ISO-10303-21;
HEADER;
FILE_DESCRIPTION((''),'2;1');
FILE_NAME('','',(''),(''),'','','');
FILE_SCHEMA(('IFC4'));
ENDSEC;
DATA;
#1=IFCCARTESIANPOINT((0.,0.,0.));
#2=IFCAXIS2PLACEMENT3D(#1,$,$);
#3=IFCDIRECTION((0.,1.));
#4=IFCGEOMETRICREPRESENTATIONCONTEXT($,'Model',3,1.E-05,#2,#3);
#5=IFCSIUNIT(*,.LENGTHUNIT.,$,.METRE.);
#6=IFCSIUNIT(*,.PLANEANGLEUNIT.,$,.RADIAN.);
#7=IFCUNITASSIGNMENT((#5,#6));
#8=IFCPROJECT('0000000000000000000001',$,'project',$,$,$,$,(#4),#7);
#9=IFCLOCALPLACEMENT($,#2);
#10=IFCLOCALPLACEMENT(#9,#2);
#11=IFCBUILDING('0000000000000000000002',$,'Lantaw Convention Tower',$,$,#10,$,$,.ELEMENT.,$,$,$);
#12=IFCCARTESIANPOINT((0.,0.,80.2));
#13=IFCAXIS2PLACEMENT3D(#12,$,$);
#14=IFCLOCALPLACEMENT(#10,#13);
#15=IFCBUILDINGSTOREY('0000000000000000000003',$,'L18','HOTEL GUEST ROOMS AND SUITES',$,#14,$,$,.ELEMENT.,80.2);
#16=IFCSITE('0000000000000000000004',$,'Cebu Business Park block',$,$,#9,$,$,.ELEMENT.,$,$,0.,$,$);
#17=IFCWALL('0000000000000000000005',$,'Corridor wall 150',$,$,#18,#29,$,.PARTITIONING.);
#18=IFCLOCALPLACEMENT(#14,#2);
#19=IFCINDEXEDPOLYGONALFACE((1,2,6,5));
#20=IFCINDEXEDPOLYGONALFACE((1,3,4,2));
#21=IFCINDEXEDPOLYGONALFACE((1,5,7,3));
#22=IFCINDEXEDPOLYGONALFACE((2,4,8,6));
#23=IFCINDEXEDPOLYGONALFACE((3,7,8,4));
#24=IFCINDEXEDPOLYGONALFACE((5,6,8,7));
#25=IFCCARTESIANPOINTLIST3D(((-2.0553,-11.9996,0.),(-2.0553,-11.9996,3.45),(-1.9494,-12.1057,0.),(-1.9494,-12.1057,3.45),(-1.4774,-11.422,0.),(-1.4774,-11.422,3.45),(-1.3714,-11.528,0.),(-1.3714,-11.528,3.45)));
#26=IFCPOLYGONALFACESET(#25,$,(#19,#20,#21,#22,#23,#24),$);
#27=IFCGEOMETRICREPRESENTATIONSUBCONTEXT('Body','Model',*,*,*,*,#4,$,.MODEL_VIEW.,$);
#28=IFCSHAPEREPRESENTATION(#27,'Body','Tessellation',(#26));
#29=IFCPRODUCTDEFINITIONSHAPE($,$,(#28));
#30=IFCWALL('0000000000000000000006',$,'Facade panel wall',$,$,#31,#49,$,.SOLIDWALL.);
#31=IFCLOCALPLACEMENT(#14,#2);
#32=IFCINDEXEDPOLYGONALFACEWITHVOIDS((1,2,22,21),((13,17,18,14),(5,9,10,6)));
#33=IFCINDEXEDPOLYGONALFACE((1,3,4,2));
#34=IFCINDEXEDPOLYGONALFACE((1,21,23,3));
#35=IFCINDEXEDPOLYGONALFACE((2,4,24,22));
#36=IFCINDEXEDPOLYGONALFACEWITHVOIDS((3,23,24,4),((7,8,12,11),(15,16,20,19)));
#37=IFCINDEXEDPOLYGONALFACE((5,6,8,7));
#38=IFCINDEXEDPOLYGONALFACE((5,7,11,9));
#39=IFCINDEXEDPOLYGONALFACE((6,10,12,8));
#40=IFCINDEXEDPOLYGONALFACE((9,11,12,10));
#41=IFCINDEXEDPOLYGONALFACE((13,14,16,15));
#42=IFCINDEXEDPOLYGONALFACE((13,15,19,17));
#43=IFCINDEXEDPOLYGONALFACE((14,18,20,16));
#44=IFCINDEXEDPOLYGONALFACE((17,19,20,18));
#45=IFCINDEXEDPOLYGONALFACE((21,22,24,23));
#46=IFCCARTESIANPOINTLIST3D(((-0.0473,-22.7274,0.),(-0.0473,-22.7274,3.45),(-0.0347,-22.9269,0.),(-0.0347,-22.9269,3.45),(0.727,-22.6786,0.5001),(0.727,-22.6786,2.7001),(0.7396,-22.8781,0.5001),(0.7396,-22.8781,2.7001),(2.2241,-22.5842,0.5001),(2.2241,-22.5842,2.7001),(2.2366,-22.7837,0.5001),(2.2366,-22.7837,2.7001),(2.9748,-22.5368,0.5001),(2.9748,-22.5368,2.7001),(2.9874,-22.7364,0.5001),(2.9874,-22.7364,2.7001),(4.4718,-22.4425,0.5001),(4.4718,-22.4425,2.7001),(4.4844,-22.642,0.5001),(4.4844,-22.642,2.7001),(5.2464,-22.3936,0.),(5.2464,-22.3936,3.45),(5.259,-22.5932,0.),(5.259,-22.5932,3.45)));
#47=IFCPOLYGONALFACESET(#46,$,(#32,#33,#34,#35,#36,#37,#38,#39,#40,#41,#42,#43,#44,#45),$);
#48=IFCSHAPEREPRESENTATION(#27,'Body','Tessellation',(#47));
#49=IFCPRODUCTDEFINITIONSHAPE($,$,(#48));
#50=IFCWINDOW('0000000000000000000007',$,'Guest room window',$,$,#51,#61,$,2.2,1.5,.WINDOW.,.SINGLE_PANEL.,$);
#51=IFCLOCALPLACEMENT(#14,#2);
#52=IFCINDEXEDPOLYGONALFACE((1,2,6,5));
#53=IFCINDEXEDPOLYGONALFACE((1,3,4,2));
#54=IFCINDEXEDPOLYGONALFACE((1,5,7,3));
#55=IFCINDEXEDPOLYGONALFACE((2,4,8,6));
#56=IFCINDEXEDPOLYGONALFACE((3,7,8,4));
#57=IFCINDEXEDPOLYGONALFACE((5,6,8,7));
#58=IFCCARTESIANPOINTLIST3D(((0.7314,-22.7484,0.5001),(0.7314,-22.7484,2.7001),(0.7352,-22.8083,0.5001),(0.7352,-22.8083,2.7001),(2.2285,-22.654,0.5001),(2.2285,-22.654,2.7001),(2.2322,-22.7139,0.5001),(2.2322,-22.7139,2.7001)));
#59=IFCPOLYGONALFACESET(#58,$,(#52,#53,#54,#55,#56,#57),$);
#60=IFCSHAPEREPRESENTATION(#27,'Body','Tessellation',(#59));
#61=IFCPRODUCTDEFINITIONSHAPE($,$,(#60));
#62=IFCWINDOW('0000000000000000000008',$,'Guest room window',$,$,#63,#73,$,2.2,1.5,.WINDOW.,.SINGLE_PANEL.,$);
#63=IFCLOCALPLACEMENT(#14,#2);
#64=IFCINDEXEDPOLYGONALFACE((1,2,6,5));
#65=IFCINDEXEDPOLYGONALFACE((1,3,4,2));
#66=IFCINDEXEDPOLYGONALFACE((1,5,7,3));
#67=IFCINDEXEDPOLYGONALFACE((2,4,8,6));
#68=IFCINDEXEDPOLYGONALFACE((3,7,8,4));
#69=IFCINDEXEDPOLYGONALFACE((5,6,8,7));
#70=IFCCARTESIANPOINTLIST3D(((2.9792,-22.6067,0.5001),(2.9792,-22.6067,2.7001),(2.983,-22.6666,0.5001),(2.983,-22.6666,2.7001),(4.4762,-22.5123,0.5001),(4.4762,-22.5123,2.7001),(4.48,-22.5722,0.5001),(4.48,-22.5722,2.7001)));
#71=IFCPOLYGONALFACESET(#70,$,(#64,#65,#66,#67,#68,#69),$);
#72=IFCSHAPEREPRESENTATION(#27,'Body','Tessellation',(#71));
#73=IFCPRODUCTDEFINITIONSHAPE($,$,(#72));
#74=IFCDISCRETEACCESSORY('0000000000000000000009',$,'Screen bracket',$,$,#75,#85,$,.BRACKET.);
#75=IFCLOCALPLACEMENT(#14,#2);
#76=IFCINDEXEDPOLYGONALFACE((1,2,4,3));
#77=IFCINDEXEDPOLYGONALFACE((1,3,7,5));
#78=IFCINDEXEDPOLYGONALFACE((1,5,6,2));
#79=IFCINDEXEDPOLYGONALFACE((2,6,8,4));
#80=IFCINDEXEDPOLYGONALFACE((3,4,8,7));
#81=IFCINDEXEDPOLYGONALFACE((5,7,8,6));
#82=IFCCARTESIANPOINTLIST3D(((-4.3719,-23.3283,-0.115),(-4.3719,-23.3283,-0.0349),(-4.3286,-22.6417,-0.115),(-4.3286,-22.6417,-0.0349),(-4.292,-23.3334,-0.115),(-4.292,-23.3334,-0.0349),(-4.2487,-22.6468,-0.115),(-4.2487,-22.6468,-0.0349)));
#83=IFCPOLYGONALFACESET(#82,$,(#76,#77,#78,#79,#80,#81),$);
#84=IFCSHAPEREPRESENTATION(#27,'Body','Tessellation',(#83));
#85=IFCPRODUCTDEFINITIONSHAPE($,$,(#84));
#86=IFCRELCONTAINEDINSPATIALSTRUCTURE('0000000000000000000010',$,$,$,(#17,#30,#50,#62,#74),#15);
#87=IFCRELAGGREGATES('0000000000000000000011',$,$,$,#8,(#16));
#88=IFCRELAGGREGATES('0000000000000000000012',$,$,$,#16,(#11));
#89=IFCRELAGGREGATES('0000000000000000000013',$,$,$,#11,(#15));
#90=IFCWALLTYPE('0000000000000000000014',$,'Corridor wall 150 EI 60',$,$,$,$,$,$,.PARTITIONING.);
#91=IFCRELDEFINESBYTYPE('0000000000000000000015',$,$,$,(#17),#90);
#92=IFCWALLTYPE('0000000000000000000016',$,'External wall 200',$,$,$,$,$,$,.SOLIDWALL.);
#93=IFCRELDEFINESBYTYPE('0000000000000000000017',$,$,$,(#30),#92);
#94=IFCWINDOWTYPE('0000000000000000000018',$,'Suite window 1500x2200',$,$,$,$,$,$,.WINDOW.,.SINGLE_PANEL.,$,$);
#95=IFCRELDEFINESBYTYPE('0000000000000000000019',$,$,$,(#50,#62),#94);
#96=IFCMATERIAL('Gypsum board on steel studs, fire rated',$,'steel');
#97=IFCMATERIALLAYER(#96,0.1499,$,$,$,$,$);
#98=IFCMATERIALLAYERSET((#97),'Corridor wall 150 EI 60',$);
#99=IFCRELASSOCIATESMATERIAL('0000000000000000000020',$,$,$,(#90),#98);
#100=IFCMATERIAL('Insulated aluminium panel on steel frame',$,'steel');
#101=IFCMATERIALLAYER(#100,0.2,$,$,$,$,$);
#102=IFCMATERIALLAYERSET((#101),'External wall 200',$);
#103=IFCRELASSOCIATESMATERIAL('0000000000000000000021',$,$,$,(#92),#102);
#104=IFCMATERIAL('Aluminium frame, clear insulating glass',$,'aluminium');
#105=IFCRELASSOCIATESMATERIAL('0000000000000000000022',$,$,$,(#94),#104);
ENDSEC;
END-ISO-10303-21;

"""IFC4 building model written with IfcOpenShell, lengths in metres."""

from ifc_helpers import new_model, si_unit, direction, frame, frame_2d, origin, origin_2d, place, context, subcontext, project, spatial, rectangle, extrude, material, layer, layer_set, type_object, element, fill, save


model = new_model("IFC4")

# Units and contexts
model_context = context("Model", 3, precision=1e-05, world=origin(), true_north=direction((0.0, 1.0)))
body_context = subcontext(model_context, "Body", "Model", "MODEL_VIEW")
ifc_project = project(units=[si_unit("LENGTHUNIT", "METRE"), si_unit("PLANEANGLEUNIT", "RADIAN")], contexts=[model_context])

# Site, building, storey
site_placement = place(None, origin())
site = spatial("IfcSite", under=ifc_project, at=site_placement, Name="Cebu Business Park block", CompositionType="ELEMENT", RefElevation=0.0)
building_placement = place(site_placement, origin())
building = spatial("IfcBuilding", under=site, at=building_placement, Name="Lantaw Convention Tower", CompositionType="ELEMENT")
storey_placement = place(building_placement, frame((0.0, 0.0, 80.2)))
storey = spatial("IfcBuildingStorey", under=building, at=storey_placement, Name="L18", Description="HOTEL GUEST ROOMS AND SUITES", CompositionType="ELEMENT", Elevation=80.2)

# Shared definitions
ifc_material_1 = material(Name="Gypsum board on steel studs, fire rated", Category="steel")
ifc_layer_1 = layer(ifc_material_1, 0.1499)
ifc_layer_set_1 = layer_set([ifc_layer_1], Name="Corridor wall 150 EI 60")
wall_type_1 = type_object("IfcWallType", Name="Corridor wall 150 EI 60", PredefinedType="PARTITIONING", material=ifc_layer_set_1)

# Wall
wall_1_placement = place(storey_placement, frame((-2.0024, -12.0527, 0.0), z_axis=(0.0, 0.0, 1.0), x_axis=(0.707256, 0.706957, 0.0)))
element("IfcWall", 1, at=wall_1_placement, inside=storey, type_object=wall_type_1, Name="Corridor wall 150", PredefinedType="PARTITIONING", context=body_context, shape_type="SweptSolid", body=[
    extrude(rectangle(XDim=0.8171, YDim=0.1499, at=frame_2d((0.4087, 0.0))), origin(), (0.0, 0.0, 1.0), 3.45),
])

# Wall, openings, windows
ifc_material_2 = material(Name="Insulated aluminium panel on steel frame", Category="steel")
ifc_layer_2 = layer(ifc_material_2, 0.2)
ifc_layer_set_2 = layer_set([ifc_layer_2], Name="External wall 200")
wall_type_2 = type_object("IfcWallType", Name="External wall 200", PredefinedType="SOLIDWALL", material=ifc_layer_set_2)
wall_2_placement = place(storey_placement, frame((-0.041, -22.8271, 0.0), z_axis=(0.0, 0.0, 1.0), x_axis=(0.998019, 0.06292, 0.0)))
wall_2 = element("IfcWall", 2, at=wall_2_placement, inside=storey, type_object=wall_type_2, Name="Facade panel wall", PredefinedType="SOLIDWALL", context=body_context, shape_type="SweptSolid", body=[
    extrude(rectangle(XDim=5.3042, YDim=0.2, at=frame_2d((2.6521, 0.0))), origin(), (0.0, 0.0, 1.0), 3.45),
])
opening_1_placement = place(wall_2_placement, frame((0.7759, 0.0, 0.5)))
opening_1 = element("IfcOpeningElement", 3, at=opening_1_placement, cuts=wall_2, PredefinedType="OPENING", context=body_context, shape_type="SweptSolid", body=[
    extrude(rectangle(XDim=1.5, YDim=2.2, at=frame_2d((0.75, 1.1001))), frame((0.0, 0.1099, 0.0), z_axis=(0.0, -1.0, 0.0), x_axis=(1.0, 0.0, 0.0)), (0.0, 0.0, 1.0), 0.22),
])
opening_2_placement = place(wall_2_placement, frame((3.0281, 0.0, 0.5)))
opening_2 = element("IfcOpeningElement", 4, at=opening_2_placement, cuts=wall_2, PredefinedType="OPENING", context=body_context, shape_type="SweptSolid", body=[
    extrude(rectangle(XDim=1.5, YDim=2.2, at=frame_2d((0.75, 1.1001))), frame((0.0, 0.1099, 0.0), z_axis=(0.0, -1.0, 0.0), x_axis=(1.0, 0.0, 0.0)), (0.0, 0.0, 1.0), 0.22),
])
ifc_material_3 = material(Name="Aluminium frame, clear insulating glass", Category="aluminium")
window_type = type_object("IfcWindowType", Name="Suite window 1500x2200", PartitioningType="SINGLE_PANEL", PredefinedType="WINDOW", material=ifc_material_3)
window_1_placement = place(opening_1_placement, origin())
window_1 = element("IfcWindow", 5, at=window_1_placement, inside=storey, type_object=window_type, Name="Guest room window", OverallHeight=2.2, OverallWidth=1.5, PartitioningType="SINGLE_PANEL", PredefinedType="WINDOW", context=body_context, shape_type="SweptSolid", body=[
    extrude(rectangle(XDim=1.5, YDim=2.2, at=frame_2d((0.75, 1.1001))), frame((0.0, 0.03, 0.0), z_axis=(0.0, -1.0, 0.0), x_axis=(1.0, 0.0, 0.0)), (0.0, 0.0, 1.0), 0.0601),
])
fill(opening_1, window_1)
window_2_placement = place(opening_2_placement, origin())
window_2 = element("IfcWindow", 6, at=window_2_placement, inside=storey, type_object=window_type, Name="Guest room window", OverallHeight=2.2, OverallWidth=1.5, PartitioningType="SINGLE_PANEL", PredefinedType="WINDOW", context=body_context, shape_type="SweptSolid", body=[
    extrude(rectangle(XDim=1.5, YDim=2.2, at=frame_2d((0.75, 1.1001))), frame((0.0, 0.03, 0.0), z_axis=(0.0, -1.0, 0.0), x_axis=(1.0, 0.0, 0.0)), (0.0, 0.0, 1.0), 0.0601),
])
fill(opening_2, window_2)

# Discrete accessory
discrete_accessory_placement = place(storey_placement, frame((-4.3103, -22.9875, -0.115), z_axis=(0.0, 0.0, 1.0), x_axis=(0.998016, -0.062958, 0.0)))
element("IfcDiscreteAccessory", 7, at=discrete_accessory_placement, inside=storey, Name="Screen bracket", PredefinedType="BRACKET", context=body_context, shape_type="SweptSolid", body=[
    extrude(rectangle(XDim=0.0801, YDim=0.688, at=origin_2d()), origin(), (0.0, 0.0, 1.0), 0.0801),
])

save(model, "model.ifc")
